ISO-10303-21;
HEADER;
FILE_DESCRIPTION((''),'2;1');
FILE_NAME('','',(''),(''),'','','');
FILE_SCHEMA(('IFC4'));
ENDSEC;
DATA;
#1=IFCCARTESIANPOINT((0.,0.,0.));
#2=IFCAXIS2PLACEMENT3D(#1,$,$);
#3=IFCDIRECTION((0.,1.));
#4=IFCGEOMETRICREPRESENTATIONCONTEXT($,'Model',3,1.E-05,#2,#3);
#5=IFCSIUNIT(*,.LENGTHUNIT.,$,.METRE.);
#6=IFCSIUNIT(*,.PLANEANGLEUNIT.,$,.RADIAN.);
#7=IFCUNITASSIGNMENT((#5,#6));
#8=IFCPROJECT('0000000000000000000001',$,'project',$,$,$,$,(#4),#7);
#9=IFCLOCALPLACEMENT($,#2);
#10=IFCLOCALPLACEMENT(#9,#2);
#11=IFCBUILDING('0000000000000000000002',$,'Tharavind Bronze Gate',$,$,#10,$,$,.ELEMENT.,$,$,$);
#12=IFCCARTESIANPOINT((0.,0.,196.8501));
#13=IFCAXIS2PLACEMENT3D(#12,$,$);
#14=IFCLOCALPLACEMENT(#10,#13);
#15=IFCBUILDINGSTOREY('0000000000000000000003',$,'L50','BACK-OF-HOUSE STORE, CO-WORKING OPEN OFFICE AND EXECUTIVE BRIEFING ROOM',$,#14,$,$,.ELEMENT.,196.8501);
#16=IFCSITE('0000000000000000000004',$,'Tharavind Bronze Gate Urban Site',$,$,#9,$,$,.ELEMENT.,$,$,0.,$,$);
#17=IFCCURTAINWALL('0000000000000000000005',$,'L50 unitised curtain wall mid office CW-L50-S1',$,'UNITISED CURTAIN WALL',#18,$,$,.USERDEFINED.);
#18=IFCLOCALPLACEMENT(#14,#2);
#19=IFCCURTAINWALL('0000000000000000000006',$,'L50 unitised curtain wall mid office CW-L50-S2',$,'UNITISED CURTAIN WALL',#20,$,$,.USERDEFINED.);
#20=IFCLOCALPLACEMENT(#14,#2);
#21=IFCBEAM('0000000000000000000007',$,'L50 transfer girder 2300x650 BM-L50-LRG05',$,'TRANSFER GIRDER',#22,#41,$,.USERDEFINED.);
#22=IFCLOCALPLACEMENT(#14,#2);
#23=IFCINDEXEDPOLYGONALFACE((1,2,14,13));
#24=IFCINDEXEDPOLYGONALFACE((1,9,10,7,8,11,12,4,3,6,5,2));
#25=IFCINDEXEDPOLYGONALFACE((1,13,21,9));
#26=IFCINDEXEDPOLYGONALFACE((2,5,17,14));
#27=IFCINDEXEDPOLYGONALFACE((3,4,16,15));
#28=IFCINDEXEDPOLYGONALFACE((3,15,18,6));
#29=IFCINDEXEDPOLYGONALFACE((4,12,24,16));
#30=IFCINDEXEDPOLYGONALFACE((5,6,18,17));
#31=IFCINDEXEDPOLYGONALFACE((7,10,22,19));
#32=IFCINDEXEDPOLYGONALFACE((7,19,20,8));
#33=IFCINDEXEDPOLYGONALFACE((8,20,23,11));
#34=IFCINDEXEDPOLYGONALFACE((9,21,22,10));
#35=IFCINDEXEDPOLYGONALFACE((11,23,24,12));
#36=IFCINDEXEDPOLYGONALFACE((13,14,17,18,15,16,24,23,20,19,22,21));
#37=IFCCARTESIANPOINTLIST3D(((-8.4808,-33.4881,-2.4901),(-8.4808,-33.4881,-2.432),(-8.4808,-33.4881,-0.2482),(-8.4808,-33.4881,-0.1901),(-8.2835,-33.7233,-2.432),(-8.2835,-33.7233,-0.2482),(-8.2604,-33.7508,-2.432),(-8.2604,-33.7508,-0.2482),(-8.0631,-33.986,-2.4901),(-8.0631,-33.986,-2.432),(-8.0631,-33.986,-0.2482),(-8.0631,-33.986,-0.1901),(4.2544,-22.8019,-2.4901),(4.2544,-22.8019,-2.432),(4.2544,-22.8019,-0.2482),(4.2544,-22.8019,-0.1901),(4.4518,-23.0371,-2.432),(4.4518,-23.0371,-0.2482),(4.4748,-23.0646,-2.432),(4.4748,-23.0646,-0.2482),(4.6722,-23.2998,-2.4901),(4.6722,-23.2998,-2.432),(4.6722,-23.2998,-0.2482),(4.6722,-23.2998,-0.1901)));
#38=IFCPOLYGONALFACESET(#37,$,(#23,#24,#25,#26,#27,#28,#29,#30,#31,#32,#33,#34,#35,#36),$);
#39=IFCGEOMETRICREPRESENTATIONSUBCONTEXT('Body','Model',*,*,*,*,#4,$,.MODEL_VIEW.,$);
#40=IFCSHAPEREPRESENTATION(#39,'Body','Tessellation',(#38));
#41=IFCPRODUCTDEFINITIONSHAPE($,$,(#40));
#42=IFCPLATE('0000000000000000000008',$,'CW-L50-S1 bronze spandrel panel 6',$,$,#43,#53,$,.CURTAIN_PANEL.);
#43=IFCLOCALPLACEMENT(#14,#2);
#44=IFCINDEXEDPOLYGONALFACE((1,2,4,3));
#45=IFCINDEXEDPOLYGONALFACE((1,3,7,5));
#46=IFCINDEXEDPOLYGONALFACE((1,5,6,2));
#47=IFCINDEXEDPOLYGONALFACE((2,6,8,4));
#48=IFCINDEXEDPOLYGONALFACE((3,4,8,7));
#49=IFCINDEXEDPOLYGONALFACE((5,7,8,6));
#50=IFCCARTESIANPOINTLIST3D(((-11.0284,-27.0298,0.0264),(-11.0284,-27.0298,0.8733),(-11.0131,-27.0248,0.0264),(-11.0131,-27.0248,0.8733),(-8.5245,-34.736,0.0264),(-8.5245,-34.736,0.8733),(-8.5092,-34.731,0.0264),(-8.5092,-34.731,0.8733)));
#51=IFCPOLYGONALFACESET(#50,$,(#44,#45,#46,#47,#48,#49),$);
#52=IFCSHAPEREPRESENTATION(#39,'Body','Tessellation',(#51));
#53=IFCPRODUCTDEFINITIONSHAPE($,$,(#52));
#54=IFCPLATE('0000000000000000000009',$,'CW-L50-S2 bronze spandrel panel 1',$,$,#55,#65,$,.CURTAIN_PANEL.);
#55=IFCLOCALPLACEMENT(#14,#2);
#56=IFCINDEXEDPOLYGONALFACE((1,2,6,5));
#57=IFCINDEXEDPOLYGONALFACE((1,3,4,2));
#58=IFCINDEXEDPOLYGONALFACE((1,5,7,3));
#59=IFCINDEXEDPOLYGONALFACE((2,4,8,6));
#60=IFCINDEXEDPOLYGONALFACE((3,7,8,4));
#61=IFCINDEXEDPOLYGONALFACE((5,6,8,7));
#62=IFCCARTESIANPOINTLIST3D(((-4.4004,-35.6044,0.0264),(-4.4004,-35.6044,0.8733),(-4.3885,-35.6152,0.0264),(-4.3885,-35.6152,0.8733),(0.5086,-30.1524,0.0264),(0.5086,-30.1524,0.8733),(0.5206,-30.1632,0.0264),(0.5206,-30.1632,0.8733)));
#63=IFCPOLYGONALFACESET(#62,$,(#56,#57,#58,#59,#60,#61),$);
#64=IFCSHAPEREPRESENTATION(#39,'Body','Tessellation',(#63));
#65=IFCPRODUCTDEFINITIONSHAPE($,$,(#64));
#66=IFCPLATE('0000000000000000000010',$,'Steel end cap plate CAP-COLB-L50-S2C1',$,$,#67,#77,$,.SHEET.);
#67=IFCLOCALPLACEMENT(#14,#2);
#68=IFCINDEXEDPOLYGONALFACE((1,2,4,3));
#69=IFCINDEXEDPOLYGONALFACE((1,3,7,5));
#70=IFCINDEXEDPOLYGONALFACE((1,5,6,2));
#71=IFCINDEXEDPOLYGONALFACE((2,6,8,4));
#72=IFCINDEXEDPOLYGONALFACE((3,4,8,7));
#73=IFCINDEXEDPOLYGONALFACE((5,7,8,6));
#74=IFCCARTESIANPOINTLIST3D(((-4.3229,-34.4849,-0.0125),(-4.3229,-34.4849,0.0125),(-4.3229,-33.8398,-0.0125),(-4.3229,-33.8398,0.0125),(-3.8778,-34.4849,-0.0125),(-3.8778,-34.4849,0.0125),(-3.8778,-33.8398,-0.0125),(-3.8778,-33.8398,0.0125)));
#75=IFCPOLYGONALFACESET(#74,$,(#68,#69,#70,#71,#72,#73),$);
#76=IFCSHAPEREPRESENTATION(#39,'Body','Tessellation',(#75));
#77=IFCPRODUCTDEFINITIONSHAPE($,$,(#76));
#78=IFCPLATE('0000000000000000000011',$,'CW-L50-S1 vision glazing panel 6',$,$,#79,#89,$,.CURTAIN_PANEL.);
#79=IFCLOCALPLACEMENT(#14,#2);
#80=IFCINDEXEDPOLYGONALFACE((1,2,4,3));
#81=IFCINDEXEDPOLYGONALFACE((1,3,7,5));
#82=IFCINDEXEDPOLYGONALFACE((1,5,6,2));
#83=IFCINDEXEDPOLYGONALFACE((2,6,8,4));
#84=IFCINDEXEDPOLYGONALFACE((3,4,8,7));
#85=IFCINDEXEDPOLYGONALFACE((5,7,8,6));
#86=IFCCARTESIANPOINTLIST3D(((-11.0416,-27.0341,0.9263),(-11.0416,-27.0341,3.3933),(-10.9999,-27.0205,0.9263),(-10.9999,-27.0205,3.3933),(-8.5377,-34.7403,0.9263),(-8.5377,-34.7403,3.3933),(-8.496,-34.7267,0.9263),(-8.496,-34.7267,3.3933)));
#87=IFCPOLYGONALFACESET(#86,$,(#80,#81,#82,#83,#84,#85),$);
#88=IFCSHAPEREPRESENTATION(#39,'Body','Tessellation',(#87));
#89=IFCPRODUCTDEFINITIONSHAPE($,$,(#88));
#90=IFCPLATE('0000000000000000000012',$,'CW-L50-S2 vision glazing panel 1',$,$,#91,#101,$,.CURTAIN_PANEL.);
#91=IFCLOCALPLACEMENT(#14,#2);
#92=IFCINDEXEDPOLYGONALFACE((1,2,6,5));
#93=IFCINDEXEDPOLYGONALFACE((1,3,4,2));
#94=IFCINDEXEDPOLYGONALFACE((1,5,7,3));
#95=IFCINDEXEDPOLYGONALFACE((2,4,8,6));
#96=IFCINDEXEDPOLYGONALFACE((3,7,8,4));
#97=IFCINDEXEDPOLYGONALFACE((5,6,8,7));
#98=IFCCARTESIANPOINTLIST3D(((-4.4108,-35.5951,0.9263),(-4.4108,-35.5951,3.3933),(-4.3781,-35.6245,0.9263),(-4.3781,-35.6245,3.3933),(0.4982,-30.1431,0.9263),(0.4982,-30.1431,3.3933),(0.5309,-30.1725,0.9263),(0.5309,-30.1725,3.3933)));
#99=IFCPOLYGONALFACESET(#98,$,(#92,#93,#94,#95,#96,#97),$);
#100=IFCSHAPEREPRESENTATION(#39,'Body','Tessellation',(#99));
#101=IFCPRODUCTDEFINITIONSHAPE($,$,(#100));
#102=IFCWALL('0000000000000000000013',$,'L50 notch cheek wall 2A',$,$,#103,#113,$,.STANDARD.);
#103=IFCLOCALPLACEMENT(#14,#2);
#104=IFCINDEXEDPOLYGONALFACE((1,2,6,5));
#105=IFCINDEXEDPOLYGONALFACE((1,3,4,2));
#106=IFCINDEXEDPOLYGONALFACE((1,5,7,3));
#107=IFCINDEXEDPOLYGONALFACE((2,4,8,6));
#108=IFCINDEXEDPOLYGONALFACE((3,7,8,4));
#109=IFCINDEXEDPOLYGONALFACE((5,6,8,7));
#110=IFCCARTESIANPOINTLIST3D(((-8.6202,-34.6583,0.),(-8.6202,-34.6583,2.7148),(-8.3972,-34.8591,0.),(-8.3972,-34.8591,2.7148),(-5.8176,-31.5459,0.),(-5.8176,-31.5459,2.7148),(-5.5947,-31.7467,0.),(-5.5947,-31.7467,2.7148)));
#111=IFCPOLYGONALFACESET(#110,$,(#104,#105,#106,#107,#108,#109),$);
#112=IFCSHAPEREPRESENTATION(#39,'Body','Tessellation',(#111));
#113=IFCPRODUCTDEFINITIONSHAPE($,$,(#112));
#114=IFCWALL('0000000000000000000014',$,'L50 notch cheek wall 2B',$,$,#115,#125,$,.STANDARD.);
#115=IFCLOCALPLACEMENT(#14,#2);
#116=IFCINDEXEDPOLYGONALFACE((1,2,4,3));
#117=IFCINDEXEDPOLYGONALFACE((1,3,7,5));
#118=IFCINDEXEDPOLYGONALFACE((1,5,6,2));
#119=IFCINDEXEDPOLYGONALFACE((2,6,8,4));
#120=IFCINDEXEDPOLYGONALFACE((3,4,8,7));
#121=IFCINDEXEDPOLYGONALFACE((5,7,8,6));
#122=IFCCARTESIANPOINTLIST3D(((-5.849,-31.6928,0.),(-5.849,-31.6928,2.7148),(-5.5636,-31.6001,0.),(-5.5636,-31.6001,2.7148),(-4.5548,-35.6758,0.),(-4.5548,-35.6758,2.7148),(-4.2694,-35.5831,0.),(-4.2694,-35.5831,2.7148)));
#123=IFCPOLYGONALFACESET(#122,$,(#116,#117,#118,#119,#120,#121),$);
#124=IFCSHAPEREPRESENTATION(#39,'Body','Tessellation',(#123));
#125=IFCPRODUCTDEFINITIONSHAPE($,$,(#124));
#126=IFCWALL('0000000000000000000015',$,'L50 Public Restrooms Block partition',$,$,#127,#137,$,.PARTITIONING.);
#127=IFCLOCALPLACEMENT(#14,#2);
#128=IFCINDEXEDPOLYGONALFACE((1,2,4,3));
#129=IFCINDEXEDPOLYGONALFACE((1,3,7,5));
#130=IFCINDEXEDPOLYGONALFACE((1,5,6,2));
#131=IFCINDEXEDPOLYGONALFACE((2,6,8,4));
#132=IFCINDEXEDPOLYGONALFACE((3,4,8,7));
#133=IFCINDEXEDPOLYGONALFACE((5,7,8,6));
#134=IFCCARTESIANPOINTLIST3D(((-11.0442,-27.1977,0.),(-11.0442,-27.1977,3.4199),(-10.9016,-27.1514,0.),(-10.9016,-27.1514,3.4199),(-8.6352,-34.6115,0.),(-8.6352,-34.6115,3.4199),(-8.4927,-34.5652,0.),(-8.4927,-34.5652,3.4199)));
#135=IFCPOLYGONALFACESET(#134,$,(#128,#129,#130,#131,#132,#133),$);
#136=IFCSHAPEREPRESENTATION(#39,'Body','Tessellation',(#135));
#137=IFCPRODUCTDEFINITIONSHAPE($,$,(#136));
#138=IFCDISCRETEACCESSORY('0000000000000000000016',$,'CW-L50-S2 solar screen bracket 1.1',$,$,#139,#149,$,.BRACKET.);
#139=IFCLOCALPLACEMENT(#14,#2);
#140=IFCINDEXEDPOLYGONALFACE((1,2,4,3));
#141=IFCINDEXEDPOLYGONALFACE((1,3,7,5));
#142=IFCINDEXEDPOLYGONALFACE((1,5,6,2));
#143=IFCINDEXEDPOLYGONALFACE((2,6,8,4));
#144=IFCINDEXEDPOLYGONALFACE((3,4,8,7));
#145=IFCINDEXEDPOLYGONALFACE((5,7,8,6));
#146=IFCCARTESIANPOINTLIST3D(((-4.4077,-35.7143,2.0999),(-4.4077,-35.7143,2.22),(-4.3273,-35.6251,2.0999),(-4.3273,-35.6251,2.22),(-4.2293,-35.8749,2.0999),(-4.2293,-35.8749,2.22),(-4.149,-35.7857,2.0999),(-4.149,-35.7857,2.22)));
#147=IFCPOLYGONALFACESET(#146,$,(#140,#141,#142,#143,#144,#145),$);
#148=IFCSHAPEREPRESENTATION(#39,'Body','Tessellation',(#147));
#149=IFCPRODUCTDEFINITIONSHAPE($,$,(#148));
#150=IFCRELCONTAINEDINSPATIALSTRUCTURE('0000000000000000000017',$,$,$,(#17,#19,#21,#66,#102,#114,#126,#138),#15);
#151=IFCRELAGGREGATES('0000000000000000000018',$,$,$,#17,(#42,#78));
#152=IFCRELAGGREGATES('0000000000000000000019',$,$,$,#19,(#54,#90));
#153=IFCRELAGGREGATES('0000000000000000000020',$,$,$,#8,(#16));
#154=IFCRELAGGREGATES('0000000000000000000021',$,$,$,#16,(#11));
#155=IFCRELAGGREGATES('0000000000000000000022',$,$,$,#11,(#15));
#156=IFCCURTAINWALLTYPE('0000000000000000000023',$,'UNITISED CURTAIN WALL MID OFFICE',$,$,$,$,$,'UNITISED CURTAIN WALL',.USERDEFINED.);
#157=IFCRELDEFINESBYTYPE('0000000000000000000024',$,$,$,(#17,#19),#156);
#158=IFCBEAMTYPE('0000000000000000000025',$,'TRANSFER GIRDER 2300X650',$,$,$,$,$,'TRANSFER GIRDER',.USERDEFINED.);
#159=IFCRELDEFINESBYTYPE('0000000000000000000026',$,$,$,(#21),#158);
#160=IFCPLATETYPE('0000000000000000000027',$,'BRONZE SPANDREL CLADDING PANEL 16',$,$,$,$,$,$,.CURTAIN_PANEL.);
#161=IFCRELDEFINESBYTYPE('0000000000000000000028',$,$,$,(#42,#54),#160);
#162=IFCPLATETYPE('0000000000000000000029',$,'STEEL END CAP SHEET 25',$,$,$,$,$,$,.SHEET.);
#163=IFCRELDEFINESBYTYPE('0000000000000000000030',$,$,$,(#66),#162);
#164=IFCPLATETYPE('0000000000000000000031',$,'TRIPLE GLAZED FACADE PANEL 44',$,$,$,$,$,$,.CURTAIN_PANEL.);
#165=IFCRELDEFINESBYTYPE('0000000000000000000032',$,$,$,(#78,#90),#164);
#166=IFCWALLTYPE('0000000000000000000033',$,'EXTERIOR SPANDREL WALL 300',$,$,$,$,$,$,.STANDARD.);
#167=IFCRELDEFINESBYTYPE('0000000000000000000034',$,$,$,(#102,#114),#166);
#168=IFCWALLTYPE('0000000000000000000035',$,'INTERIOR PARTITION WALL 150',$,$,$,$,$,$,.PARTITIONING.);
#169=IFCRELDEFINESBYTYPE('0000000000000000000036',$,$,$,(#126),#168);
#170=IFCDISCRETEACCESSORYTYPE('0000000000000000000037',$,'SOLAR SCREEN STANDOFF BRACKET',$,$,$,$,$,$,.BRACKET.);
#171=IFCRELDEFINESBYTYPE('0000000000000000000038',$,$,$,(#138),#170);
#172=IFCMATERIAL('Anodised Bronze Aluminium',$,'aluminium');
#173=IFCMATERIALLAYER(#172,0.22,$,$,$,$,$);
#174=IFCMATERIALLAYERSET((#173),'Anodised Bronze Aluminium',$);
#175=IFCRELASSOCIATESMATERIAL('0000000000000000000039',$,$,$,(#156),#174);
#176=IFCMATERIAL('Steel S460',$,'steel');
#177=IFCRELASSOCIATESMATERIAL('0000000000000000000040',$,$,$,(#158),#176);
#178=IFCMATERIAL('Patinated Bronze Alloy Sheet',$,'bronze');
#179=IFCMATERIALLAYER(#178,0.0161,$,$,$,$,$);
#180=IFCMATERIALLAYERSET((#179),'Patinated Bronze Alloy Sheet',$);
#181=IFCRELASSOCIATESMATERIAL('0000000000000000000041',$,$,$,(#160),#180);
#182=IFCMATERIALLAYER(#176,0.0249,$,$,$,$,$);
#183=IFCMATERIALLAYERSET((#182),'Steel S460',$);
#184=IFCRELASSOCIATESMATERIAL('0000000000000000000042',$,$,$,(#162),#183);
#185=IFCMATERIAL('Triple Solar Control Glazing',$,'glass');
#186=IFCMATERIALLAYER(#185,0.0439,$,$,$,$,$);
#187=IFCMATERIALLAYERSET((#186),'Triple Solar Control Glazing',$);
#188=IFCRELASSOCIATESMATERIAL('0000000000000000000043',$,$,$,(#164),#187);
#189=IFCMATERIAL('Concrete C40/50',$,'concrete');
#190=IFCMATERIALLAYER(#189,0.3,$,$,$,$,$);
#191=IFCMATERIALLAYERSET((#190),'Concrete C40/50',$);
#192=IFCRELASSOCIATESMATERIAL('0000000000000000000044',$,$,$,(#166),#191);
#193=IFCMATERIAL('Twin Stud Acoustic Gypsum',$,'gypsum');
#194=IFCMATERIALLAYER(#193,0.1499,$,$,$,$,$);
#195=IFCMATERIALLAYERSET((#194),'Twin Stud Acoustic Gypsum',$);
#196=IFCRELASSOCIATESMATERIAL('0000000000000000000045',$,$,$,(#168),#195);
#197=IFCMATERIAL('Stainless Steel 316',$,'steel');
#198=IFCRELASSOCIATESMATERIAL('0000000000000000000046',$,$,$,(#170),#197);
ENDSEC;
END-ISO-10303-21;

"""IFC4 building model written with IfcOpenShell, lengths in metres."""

from ifc_helpers import new_model, si_unit, direction, frame, frame_2d, origin, origin_2d, place, context, subcontext, project, spatial, rectangle, i_section, extrude, material, layer, layer_set, material_profile, profile_set, type_object, element, aggregate, save


model = new_model("IFC4")

# Units and contexts
model_context = context("Model", 3, precision=1e-05, world=origin(), true_north=direction((0.0, 1.0)))
body_context = subcontext(model_context, "Body", "Model", "MODEL_VIEW")
ifc_project = project(units=[si_unit("LENGTHUNIT", "METRE"), si_unit("PLANEANGLEUNIT", "RADIAN")], contexts=[model_context])

# Site, building, storey
site_placement = place(None, origin())
site = spatial("IfcSite", under=ifc_project, at=site_placement, Name="Tharavind Bronze Gate Urban Site", CompositionType="ELEMENT", RefElevation=0.0)
building_placement = place(site_placement, origin())
building = spatial("IfcBuilding", under=site, at=building_placement, Name="Tharavind Bronze Gate", CompositionType="ELEMENT")
storey_placement = place(building_placement, frame((0.0, 0.0, 196.8501)))
storey = spatial("IfcBuildingStorey", under=building, at=storey_placement, Name="L50", Description="BACK-OF-HOUSE STORE, CO-WORKING OPEN OFFICE AND EXECUTIVE BRIEFING ROOM", CompositionType="ELEMENT", Elevation=196.8501)

# Shared definitions
ifc_material_1 = material(Name="Steel S460", Category="steel")

# Curtain walls
ifc_material_2 = material(Name="Anodised Bronze Aluminium", Category="aluminium")
ifc_layer_1 = layer(ifc_material_2, 0.22)
ifc_layer_set_1 = layer_set([ifc_layer_1], Name="Anodised Bronze Aluminium")
curtain_wall_type = type_object("IfcCurtainWallType", Name="UNITISED CURTAIN WALL MID OFFICE", ElementType="UNITISED CURTAIN WALL", PredefinedType="USERDEFINED", material=ifc_layer_set_1)
curtain_wall_1_placement = place(storey_placement, origin())
curtain_wall_1 = element("IfcCurtainWall", 1, at=curtain_wall_1_placement, inside=storey, type_object=curtain_wall_type, Name="L50 unitised curtain wall mid office CW-L50-S1", ObjectType="UNITISED CURTAIN WALL", PredefinedType="USERDEFINED")
curtain_wall_2_placement = place(storey_placement, origin())
curtain_wall_2 = element("IfcCurtainWall", 2, at=curtain_wall_2_placement, inside=storey, type_object=curtain_wall_type, Name="L50 unitised curtain wall mid office CW-L50-S2", ObjectType="UNITISED CURTAIN WALL", PredefinedType="USERDEFINED")

# Beam
ifc_material_profile_1 = material_profile(ifc_material_1, i_section(OverallWidth=0.6499, OverallDepth=2.3, WebThickness=0.0359, FlangeThickness=0.0581, at=origin_2d()), Name="PG2300X650")
ifc_profile_set_1 = profile_set([ifc_material_profile_1], Name="Steel S460")
beam_type_1 = type_object("IfcBeamType", Name="TRANSFER GIRDER 2300X650", ElementType="TRANSFER GIRDER", PredefinedType="USERDEFINED", material=ifc_profile_set_1)
beam_1_placement = place(storey_placement, frame((-8.272, -33.7371, -1.3401), z_axis=(0.766043, 0.642789, 0.0), x_axis=(-0.642789, 0.766043, 0.0)))
element("IfcBeam", 3, at=beam_1_placement, inside=storey, type_object=beam_type_1, Name="L50 transfer girder 2300x650 BM-L50-LRG05", ObjectType="TRANSFER GIRDER", PredefinedType="USERDEFINED", context=body_context, shape_type="SweptSolid", body=[
    extrude(i_section(OverallWidth=0.6499, OverallDepth=2.3, WebThickness=0.0359, FlangeThickness=0.0581, at=origin_2d()), origin(), (0.0, 0.0, 1.0), 16.6248),
])

# Plates
ifc_material_3 = material(Name="Patinated Bronze Alloy Sheet", Category="bronze")
ifc_layer_2 = layer(ifc_material_3, 0.0161)
ifc_layer_set_2 = layer_set([ifc_layer_2], Name="Patinated Bronze Alloy Sheet")
plate_type_1 = type_object("IfcPlateType", Name="BRONZE SPANDREL CLADDING PANEL 16", PredefinedType="CURTAIN_PANEL", material=ifc_layer_set_2)
plate_1_placement = place(storey_placement, frame((-9.7688, -30.8804, 0.0264), z_axis=(0.0, 0.0, 1.0), x_axis=(0.309017, -0.951057, 0.0)))
plate_1 = element("IfcPlate", 4, at=plate_1_placement, type_object=plate_type_1, Name="CW-L50-S1 bronze spandrel panel 6", PredefinedType="CURTAIN_PANEL", context=body_context, shape_type="SweptSolid", body=[
    extrude(rectangle(XDim=8.1028, YDim=0.0161, at=origin_2d()), origin(), (0.0, 0.0, 1.0), 0.8469),
])
plate_2_placement = place(storey_placement, frame((-1.9399, -32.8838, 0.0264), z_axis=(0.0, 0.0, 1.0), x_axis=(0.669131, 0.743145, 0.0)))
plate_2 = element("IfcPlate", 5, at=plate_2_placement, type_object=plate_type_1, Name="CW-L50-S2 bronze spandrel panel 1", PredefinedType="CURTAIN_PANEL", context=body_context, shape_type="SweptSolid", body=[
    extrude(rectangle(XDim=7.3364, YDim=0.0161, at=origin_2d()), origin(), (0.0, 0.0, 1.0), 0.8469),
])
ifc_layer_3 = layer(ifc_material_1, 0.0249)
ifc_layer_set_3 = layer_set([ifc_layer_3], Name="Steel S460")
plate_type_2 = type_object("IfcPlateType", Name="STEEL END CAP SHEET 25", PredefinedType="SHEET", material=ifc_layer_set_3)
plate_3_placement = place(storey_placement, frame((-4.1003, -34.1624, -0.0125), z_axis=(0.0, 0.0, 1.0), x_axis=(1.0, 0.0, 0.0)))
element("IfcPlate", 6, at=plate_3_placement, inside=storey, type_object=plate_type_2, Name="Steel end cap plate CAP-COLB-L50-S2C1", PredefinedType="SHEET", context=body_context, shape_type="SweptSolid", body=[
    extrude(rectangle(XDim=0.4451, YDim=0.645, at=origin_2d()), origin(), (0.0, 0.0, 1.0), 0.0249),
])
ifc_material_4 = material(Name="Triple Solar Control Glazing", Category="glass")
ifc_layer_4 = layer(ifc_material_4, 0.0439)
ifc_layer_set_4 = layer_set([ifc_layer_4], Name="Triple Solar Control Glazing")
plate_type_3 = type_object("IfcPlateType", Name="TRIPLE GLAZED FACADE PANEL 44", PredefinedType="CURTAIN_PANEL", material=ifc_layer_set_4)
plate_4_placement = place(storey_placement, frame((-9.7688, -30.8804, 0.9263), z_axis=(0.0, 0.0, 1.0), x_axis=(0.309017, -0.951057, 0.0)))
plate_4 = element("IfcPlate", 7, at=plate_4_placement, type_object=plate_type_3, Name="CW-L50-S1 vision glazing panel 6", PredefinedType="CURTAIN_PANEL", context=body_context, shape_type="SweptSolid", body=[
    extrude(rectangle(XDim=8.1028, YDim=0.0439, at=origin_2d()), origin(), (0.0, 0.0, 1.0), 2.467),
])
aggregate(curtain_wall_1, [plate_1, plate_4])
plate_5_placement = place(storey_placement, frame((-1.9399, -32.8838, 0.9263), z_axis=(0.0, 0.0, 1.0), x_axis=(0.669131, 0.743145, 0.0)))
plate_5 = element("IfcPlate", 8, at=plate_5_placement, type_object=plate_type_3, Name="CW-L50-S2 vision glazing panel 1", PredefinedType="CURTAIN_PANEL", context=body_context, shape_type="SweptSolid", body=[
    extrude(rectangle(XDim=7.3364, YDim=0.0439, at=origin_2d()), origin(), (0.0, 0.0, 1.0), 2.467),
])
aggregate(curtain_wall_2, [plate_2, plate_5])

# Walls
ifc_material_5 = material(Name="Concrete C40/50", Category="concrete")
ifc_layer_5 = layer(ifc_material_5, 0.3)
ifc_layer_set_5 = layer_set([ifc_layer_5], Name="Concrete C40/50")
wall_type_1 = type_object("IfcWallType", Name="EXTERIOR SPANDREL WALL 300", PredefinedType="STANDARD", material=ifc_layer_set_5)
wall_1_placement = place(storey_placement, frame((-8.5088, -34.7588, 0.0), z_axis=(0.0, 0.0, 1.0), x_axis=(0.669152, 0.743126, 0.0)))
element("IfcWall", 9, at=wall_1_placement, inside=storey, type_object=wall_type_1, Name="L50 notch cheek wall 2A", PredefinedType="STANDARD", context=body_context, shape_type="SweptSolid", body=[
    extrude(rectangle(XDim=4.1882, YDim=0.3, at=frame_2d((2.0942, 0.0))), origin(), (0.0, 0.0, 1.0), 2.7148),
])
wall_2_placement = place(storey_placement, frame((-5.7063, -31.6465, 0.0), z_axis=(0.0, 0.0, 1.0), x_axis=(0.309031, -0.951052, 0.0)))
element("IfcWall", 10, at=wall_2_placement, inside=storey, type_object=wall_type_1, Name="L50 notch cheek wall 2B", PredefinedType="STANDARD", context=body_context, shape_type="SweptSolid", body=[
    extrude(rectangle(XDim=4.188, YDim=0.3, at=frame_2d((2.094, 0.0))), origin(), (0.0, 0.0, 1.0), 2.7148),
])
ifc_material_6 = material(Name="Twin Stud Acoustic Gypsum", Category="gypsum")
ifc_layer_6 = layer(ifc_material_6, 0.1499)
ifc_layer_set_6 = layer_set([ifc_layer_6], Name="Twin Stud Acoustic Gypsum")
wall_type_2 = type_object("IfcWallType", Name="INTERIOR PARTITION WALL 150", PredefinedType="PARTITIONING", material=ifc_layer_set_6)
wall_3_placement = place(storey_placement, frame((-8.564, -34.5884, 0.0), z_axis=(0.0, 0.0, 1.0), x_axis=(-0.309022, 0.951055, 0.0)))
element("IfcWall", 11, at=wall_3_placement, inside=storey, type_object=wall_type_2, Name="L50 Public Restrooms Block partition", PredefinedType="PARTITIONING", context=body_context, shape_type="SweptSolid", body=[
    extrude(rectangle(XDim=7.7954, YDim=0.1499, at=frame_2d((3.8977, 0.0))), origin(), (0.0, 0.0, 1.0), 3.4199),
])

# Discrete accessory
ifc_material_7 = material(Name="Stainless Steel 316", Category="steel")
discrete_accessory_type = type_object("IfcDiscreteAccessoryType", Name="SOLAR SCREEN STANDOFF BRACKET", PredefinedType="BRACKET", material=ifc_material_7)
discrete_accessory_placement = place(storey_placement, frame((-4.2783, -35.75, 2.0999), z_axis=(0.0, 0.0, 1.0), x_axis=(0.669131, 0.743145, 0.0)))
element("IfcDiscreteAccessory", 12, at=discrete_accessory_placement, inside=storey, type_object=discrete_accessory_type, Name="CW-L50-S2 solar screen bracket 1.1", PredefinedType="BRACKET", context=body_context, shape_type="SweptSolid", body=[
    extrude(rectangle(XDim=0.1201, YDim=0.24, at=origin_2d()), origin(), (0.0, 0.0, 1.0), 0.1201),
])

save(model, "model.ifc")
